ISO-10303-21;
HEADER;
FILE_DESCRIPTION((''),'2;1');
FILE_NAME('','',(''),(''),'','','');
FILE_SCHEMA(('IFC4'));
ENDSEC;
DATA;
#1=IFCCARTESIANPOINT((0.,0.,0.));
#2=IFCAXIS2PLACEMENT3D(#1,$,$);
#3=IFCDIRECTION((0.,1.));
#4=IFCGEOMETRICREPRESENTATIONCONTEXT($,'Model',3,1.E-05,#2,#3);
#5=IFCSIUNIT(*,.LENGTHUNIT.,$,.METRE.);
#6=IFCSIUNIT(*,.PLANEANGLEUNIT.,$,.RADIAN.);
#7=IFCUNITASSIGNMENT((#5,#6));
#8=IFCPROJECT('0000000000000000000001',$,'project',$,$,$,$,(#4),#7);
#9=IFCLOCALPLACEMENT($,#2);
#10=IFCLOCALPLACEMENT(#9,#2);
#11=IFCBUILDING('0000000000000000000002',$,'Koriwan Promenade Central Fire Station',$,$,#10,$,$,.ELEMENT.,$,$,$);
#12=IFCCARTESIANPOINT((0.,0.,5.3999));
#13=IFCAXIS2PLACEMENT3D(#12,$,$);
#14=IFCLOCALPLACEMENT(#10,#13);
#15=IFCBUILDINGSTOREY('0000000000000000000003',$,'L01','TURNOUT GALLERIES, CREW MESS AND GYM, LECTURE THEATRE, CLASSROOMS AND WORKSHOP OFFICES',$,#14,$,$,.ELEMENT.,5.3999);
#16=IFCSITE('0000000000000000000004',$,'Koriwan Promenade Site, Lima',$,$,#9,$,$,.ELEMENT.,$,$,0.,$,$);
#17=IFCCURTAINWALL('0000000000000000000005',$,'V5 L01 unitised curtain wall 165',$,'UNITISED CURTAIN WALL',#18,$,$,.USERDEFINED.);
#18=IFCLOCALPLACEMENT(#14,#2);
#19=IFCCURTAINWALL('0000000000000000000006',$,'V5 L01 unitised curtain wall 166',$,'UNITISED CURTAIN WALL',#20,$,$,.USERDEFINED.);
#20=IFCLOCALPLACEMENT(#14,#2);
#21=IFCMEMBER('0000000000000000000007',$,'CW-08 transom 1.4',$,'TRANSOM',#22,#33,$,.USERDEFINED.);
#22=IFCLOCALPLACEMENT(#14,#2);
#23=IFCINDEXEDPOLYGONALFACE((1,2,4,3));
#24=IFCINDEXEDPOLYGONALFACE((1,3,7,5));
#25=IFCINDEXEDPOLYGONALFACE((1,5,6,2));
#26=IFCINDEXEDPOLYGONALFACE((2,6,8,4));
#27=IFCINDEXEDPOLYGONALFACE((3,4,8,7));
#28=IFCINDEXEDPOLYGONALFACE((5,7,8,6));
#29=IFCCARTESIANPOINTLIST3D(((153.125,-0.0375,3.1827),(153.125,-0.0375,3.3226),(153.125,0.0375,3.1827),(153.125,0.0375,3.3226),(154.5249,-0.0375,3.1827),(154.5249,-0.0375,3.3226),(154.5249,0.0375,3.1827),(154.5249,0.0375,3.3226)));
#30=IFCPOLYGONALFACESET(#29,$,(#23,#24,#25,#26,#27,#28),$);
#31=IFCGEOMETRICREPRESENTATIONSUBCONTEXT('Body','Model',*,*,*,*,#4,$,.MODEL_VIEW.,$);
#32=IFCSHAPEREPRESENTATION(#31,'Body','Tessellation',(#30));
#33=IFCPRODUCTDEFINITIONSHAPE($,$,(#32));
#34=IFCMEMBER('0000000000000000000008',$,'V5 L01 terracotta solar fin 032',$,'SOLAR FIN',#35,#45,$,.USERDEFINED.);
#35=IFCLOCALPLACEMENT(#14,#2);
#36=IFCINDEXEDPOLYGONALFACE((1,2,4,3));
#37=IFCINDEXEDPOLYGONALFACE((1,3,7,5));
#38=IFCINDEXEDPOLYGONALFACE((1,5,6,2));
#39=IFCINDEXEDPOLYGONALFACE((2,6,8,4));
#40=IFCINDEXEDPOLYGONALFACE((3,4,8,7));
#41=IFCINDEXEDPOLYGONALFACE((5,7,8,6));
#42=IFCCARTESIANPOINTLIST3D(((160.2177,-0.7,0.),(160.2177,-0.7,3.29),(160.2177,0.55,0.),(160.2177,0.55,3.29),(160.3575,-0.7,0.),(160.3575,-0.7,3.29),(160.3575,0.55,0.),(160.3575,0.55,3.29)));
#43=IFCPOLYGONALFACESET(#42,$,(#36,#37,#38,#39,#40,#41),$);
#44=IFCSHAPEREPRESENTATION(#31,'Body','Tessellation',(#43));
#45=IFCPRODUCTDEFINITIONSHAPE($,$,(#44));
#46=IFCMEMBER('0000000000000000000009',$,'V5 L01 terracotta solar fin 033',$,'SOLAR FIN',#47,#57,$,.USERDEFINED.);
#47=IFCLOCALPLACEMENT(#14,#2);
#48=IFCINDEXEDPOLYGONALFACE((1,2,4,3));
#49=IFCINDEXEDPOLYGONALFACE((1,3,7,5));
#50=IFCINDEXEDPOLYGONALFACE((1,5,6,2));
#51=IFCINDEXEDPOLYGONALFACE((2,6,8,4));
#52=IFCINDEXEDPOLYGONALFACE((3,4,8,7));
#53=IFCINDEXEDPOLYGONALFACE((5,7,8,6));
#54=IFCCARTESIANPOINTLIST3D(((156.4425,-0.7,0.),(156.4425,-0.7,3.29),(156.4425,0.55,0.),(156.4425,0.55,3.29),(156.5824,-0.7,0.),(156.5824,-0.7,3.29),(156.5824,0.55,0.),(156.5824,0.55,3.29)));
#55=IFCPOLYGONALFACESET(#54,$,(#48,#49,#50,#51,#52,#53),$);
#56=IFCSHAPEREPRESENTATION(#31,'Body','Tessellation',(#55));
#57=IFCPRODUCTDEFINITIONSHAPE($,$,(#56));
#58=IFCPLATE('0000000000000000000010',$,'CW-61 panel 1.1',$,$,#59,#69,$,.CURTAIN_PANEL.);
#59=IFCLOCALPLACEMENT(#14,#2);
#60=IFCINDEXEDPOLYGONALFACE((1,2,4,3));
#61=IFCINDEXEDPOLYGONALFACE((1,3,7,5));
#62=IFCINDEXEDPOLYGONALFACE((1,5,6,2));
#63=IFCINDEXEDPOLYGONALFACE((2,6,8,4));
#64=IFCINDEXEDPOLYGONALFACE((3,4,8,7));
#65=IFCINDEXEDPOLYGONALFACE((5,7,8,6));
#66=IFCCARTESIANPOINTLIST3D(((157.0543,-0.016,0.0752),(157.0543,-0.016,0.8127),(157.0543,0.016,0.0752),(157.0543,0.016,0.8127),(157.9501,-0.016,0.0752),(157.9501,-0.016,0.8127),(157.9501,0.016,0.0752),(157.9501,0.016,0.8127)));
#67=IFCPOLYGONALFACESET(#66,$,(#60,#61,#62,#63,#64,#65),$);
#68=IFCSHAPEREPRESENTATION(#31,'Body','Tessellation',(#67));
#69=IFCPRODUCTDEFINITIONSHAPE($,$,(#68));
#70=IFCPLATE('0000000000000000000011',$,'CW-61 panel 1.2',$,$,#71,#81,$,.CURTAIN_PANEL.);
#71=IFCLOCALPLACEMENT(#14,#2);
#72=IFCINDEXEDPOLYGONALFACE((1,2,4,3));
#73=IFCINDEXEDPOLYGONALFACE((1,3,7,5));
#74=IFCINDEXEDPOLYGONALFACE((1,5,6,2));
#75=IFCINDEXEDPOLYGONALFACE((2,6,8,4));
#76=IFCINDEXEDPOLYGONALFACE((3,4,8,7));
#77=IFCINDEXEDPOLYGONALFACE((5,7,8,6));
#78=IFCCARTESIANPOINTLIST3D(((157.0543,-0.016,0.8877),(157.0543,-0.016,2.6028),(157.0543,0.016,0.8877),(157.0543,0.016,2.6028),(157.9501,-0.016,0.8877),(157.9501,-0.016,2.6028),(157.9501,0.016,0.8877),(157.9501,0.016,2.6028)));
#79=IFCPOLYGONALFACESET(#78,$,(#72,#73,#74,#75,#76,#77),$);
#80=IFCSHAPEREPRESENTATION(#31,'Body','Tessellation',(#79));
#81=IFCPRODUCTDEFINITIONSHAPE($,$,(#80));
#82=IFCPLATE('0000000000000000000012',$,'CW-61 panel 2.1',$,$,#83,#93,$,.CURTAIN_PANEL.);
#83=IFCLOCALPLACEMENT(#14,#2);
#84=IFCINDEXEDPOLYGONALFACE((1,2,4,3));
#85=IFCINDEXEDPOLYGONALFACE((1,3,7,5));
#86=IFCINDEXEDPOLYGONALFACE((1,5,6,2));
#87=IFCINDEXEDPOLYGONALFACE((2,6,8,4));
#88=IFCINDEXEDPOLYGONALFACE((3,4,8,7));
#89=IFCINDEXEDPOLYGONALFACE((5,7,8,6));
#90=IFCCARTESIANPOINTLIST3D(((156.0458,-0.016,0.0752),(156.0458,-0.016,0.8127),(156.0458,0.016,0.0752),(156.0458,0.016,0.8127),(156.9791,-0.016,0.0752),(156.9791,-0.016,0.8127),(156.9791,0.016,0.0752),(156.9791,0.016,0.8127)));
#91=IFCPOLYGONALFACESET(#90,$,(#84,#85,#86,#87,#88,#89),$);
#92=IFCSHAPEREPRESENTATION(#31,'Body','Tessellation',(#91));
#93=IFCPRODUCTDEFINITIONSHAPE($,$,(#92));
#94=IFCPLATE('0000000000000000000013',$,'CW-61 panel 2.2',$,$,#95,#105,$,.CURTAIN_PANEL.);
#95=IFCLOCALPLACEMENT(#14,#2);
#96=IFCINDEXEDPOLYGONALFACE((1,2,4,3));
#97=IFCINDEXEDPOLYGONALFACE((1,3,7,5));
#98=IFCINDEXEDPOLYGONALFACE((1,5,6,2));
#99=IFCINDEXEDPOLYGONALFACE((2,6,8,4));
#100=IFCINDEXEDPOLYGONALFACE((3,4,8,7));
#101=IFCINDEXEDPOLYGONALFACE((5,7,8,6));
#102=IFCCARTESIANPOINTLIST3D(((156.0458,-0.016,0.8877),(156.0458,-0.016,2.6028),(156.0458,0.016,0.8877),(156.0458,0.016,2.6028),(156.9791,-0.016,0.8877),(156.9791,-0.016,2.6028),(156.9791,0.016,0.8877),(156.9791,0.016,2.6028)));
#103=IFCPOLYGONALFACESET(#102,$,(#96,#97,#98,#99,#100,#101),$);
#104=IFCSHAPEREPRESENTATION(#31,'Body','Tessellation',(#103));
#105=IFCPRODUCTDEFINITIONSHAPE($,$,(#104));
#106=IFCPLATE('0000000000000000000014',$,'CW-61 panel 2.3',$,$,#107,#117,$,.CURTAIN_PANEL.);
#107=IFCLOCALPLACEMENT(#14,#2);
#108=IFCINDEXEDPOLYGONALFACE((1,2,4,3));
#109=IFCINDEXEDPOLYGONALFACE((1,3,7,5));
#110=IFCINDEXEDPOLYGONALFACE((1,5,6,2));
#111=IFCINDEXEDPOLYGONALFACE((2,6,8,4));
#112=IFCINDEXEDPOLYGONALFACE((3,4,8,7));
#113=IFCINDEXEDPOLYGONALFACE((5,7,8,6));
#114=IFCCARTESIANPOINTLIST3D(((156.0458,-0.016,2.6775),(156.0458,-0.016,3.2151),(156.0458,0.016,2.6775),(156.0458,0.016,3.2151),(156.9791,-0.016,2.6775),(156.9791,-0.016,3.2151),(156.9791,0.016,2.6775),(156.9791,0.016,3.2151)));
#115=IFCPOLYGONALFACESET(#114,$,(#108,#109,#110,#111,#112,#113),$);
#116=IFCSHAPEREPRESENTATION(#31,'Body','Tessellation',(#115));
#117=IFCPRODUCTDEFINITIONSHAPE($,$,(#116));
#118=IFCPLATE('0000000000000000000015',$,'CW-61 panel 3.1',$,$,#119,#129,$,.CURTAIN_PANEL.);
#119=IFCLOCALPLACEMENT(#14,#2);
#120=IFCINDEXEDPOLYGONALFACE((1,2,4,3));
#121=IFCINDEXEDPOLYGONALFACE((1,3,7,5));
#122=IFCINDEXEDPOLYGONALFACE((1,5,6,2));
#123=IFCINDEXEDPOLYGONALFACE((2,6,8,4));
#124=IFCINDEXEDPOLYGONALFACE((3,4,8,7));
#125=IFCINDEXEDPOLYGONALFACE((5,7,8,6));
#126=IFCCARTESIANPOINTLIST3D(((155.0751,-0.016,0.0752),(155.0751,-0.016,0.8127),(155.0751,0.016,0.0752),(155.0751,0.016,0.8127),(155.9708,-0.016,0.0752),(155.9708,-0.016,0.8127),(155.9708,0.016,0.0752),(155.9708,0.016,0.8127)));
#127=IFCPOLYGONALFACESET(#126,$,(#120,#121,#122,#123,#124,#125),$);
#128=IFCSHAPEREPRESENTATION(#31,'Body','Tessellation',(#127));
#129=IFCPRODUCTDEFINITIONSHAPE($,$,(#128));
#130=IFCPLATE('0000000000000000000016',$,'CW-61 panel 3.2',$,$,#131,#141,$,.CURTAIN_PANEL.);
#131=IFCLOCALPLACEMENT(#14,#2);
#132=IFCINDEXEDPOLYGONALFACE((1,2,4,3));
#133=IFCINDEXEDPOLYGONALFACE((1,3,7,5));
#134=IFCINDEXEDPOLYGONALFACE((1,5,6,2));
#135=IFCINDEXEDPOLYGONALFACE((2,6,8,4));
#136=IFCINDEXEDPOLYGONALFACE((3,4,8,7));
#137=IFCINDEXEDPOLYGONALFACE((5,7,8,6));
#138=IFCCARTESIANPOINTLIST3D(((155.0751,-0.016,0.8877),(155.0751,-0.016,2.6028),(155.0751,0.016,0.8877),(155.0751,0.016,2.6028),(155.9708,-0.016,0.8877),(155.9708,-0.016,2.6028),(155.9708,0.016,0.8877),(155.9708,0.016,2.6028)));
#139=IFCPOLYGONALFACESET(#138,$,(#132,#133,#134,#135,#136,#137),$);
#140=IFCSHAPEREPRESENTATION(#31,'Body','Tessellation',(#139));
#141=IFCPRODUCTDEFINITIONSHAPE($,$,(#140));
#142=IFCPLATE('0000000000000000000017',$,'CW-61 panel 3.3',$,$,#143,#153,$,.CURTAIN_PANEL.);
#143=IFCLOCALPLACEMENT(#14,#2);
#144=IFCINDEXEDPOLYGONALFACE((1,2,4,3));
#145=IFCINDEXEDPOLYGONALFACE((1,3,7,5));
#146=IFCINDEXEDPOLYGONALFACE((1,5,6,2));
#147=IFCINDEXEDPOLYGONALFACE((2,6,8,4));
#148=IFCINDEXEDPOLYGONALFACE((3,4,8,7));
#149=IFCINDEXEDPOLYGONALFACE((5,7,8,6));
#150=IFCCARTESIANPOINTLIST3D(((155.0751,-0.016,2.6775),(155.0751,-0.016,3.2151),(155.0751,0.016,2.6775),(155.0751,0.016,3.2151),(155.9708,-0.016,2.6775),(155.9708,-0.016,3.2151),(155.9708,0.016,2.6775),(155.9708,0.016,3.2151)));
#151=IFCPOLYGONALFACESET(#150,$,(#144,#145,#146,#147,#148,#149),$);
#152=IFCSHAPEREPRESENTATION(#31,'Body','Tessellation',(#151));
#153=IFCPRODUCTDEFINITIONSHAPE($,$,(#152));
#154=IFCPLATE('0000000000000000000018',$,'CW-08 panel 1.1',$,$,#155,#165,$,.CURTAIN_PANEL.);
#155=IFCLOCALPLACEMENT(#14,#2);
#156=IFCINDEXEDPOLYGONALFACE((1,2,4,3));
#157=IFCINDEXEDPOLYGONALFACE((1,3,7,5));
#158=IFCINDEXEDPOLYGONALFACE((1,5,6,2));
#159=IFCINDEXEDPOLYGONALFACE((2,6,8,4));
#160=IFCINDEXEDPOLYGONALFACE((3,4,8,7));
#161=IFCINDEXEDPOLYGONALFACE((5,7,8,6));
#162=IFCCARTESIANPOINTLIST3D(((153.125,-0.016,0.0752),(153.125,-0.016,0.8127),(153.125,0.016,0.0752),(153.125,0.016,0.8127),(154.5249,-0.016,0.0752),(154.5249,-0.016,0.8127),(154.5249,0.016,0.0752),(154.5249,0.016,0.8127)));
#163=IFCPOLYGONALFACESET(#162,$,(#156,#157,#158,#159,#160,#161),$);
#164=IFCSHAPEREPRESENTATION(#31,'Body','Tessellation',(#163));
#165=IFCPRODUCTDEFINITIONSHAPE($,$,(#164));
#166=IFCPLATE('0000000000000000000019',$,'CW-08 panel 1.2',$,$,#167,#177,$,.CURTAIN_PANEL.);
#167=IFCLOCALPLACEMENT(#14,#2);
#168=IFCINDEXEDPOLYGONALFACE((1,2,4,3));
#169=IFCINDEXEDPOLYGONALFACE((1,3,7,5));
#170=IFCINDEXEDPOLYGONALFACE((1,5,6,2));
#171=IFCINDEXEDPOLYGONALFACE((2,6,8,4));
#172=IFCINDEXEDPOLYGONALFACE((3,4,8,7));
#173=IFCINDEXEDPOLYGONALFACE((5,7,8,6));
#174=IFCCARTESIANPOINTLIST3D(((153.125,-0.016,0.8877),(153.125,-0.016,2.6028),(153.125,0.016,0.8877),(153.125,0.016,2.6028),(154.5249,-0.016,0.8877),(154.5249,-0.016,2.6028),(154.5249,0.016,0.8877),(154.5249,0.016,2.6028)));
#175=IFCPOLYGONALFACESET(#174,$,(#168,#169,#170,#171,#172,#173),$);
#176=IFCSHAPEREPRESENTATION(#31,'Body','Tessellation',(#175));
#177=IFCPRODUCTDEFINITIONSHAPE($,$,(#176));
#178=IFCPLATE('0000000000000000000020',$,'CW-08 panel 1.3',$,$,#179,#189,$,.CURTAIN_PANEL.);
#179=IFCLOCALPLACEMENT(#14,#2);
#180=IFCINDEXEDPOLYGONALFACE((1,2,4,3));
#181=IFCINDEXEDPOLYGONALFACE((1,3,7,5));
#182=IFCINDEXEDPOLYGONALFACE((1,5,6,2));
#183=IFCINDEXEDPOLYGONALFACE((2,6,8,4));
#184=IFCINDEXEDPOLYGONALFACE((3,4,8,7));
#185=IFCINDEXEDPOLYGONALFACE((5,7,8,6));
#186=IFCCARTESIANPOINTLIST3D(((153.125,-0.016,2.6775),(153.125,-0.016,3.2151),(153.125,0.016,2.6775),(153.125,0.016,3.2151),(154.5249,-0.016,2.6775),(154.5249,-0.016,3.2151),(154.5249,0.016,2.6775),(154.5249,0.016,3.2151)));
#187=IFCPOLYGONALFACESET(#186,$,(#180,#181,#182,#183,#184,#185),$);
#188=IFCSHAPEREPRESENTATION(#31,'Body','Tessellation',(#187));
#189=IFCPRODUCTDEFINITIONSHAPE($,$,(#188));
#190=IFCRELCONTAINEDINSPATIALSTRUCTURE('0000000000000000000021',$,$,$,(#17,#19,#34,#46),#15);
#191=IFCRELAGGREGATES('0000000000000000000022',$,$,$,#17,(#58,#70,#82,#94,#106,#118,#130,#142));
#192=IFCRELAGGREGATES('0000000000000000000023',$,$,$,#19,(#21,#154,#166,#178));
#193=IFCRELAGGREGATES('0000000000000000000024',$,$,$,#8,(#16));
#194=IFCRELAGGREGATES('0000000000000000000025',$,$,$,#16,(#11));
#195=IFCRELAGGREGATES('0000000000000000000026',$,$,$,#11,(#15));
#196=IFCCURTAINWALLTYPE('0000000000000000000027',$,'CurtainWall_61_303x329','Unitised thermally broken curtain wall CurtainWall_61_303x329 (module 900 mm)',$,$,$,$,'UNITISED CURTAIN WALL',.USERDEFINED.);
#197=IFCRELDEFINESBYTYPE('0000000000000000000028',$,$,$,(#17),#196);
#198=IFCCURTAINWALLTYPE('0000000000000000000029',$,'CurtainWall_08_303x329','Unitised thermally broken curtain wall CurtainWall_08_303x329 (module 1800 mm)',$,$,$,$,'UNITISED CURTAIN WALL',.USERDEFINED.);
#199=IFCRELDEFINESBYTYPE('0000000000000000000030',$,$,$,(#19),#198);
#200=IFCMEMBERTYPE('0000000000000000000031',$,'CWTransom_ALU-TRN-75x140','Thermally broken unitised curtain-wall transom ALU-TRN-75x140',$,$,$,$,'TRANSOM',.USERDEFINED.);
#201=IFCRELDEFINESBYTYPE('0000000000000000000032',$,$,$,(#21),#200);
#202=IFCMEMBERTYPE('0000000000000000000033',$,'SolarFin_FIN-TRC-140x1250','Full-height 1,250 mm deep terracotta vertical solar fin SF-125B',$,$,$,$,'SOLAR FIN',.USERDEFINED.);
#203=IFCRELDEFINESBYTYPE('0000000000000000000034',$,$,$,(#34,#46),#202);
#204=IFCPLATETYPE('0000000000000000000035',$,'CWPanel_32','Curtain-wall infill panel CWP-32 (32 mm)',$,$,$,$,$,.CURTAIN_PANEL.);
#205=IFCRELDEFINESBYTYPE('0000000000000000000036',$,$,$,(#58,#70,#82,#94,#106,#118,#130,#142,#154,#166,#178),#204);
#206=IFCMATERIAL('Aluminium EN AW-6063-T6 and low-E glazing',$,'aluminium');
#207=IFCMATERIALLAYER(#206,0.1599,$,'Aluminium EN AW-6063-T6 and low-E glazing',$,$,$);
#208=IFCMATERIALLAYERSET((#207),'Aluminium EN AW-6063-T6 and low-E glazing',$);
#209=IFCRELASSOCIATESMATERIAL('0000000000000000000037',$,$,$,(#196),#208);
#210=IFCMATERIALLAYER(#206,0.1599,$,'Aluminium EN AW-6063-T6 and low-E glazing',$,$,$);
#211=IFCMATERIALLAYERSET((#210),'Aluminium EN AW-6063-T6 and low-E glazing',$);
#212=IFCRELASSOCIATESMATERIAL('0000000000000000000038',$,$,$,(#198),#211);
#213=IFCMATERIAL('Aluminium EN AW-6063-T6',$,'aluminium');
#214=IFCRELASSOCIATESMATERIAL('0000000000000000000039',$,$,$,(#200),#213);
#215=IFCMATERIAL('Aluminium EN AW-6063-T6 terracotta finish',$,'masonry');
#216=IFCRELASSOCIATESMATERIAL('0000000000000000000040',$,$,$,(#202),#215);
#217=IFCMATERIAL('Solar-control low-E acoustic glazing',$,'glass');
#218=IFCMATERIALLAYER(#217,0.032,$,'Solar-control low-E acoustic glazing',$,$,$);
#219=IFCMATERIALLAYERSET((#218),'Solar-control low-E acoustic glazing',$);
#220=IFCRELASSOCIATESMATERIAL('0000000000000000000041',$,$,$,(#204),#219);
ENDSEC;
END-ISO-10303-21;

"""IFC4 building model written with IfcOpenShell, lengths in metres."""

from ifc_helpers import new_model, si_unit, direction, frame, origin, origin_2d, place, context, subcontext, project, spatial, rectangle, extrude, material, layer, layer_set, material_profile, profile_set, type_object, element, aggregate, save


model = new_model("IFC4")

# Units and contexts
model_context = context("Model", 3, precision=1e-05, world=origin(), true_north=direction((0.0, 1.0)))
body_context = subcontext(model_context, "Body", "Model", "MODEL_VIEW")
ifc_project = project(units=[si_unit("LENGTHUNIT", "METRE"), si_unit("PLANEANGLEUNIT", "RADIAN")], contexts=[model_context])

# Site, building, storey
site_placement = place(None, origin())
site = spatial("IfcSite", under=ifc_project, at=site_placement, Name="Koriwan Promenade Site, Lima", CompositionType="ELEMENT", RefElevation=0.0)
building_placement = place(site_placement, origin())
building = spatial("IfcBuilding", under=site, at=building_placement, Name="Koriwan Promenade Central Fire Station", CompositionType="ELEMENT")
storey_placement = place(building_placement, frame((0.0, 0.0, 5.3999)))
storey = spatial("IfcBuildingStorey", under=building, at=storey_placement, Name="L01", Description="TURNOUT GALLERIES, CREW MESS AND GYM, LECTURE THEATRE, CLASSROOMS AND WORKSHOP OFFICES", CompositionType="ELEMENT", Elevation=5.3999)

# Curtain wall
ifc_material_1 = material(Name="Aluminium EN AW-6063-T6 and low-E glazing", Category="aluminium")
ifc_layer_1 = layer(ifc_material_1, 0.1599, Name="Aluminium EN AW-6063-T6 and low-E glazing")
ifc_layer_set_1 = layer_set([ifc_layer_1], Name="Aluminium EN AW-6063-T6 and low-E glazing")
curtain_wall_type_1 = type_object("IfcCurtainWallType", Name="CurtainWall_61_303x329", Description="Unitised thermally broken curtain wall CurtainWall_61_303x329 (module 900 mm)", ElementType="UNITISED CURTAIN WALL", PredefinedType="USERDEFINED", material=ifc_layer_set_1)
curtain_wall_1_placement = place(storey_placement, origin())
curtain_wall_1 = element("IfcCurtainWall", 1, at=curtain_wall_1_placement, inside=storey, type_object=curtain_wall_type_1, Name="V5 L01 unitised curtain wall 165", ObjectType="UNITISED CURTAIN WALL", PredefinedType="USERDEFINED")
ifc_material_2 = material(Name="Aluminium EN AW-6063-T6", Category="aluminium")

# Curtain wall
ifc_layer_2 = layer(ifc_material_1, 0.1599, Name="Aluminium EN AW-6063-T6 and low-E glazing")
ifc_layer_set_2 = layer_set([ifc_layer_2], Name="Aluminium EN AW-6063-T6 and low-E glazing")
curtain_wall_type_2 = type_object("IfcCurtainWallType", Name="CurtainWall_08_303x329", Description="Unitised thermally broken curtain wall CurtainWall_08_303x329 (module 1800 mm)", ElementType="UNITISED CURTAIN WALL", PredefinedType="USERDEFINED", material=ifc_layer_set_2)
curtain_wall_2_placement = place(storey_placement, origin())
curtain_wall_2 = element("IfcCurtainWall", 2, at=curtain_wall_2_placement, inside=storey, type_object=curtain_wall_type_2, Name="V5 L01 unitised curtain wall 166", ObjectType="UNITISED CURTAIN WALL", PredefinedType="USERDEFINED")

# Member
ifc_material_profile_1 = material_profile(ifc_material_2, rectangle(XDim=0.075, YDim=0.1399, at=origin_2d()), Name="ALU-TRN-75x140")
ifc_profile_set_1 = profile_set([ifc_material_profile_1], Name="Aluminium EN AW-6063-T6")
member_type_1 = type_object("IfcMemberType", Name="CWTransom_ALU-TRN-75x140", Description="Thermally broken unitised curtain-wall transom ALU-TRN-75x140", ElementType="TRANSOM", PredefinedType="USERDEFINED", material=ifc_profile_set_1)
member_1_placement = place(storey_placement, frame((154.5249, 0.0, 3.2527), z_axis=(-1.0, 0.0, 0.0), x_axis=(0.0, -1.0, 0.0)))
member_1 = element("IfcMember", 3, at=member_1_placement, type_object=member_type_1, Name="CW-08 transom 1.4", ObjectType="TRANSOM", PredefinedType="USERDEFINED", context=body_context, shape_type="SweptSolid", body=[
    extrude(rectangle(XDim=0.075, YDim=0.1399, at=origin_2d()), origin(), (0.0, 0.0, 1.0), 1.3999),
])

# Members
ifc_material_3 = material(Name="Aluminium EN AW-6063-T6 terracotta finish", Category="masonry")
ifc_material_profile_2 = material_profile(ifc_material_3, rectangle(XDim=0.1399, YDim=1.25, at=origin_2d()), Name="FIN-TRC-140x1250")
ifc_profile_set_2 = profile_set([ifc_material_profile_2], Name="Aluminium EN AW-6063-T6 terracotta finish")
member_type_2 = type_object("IfcMemberType", Name="SolarFin_FIN-TRC-140x1250", Description="Full-height 1,250 mm deep terracotta vertical solar fin SF-125B", ElementType="SOLAR FIN", PredefinedType="USERDEFINED", material=ifc_profile_set_2)
for number, where, z_axis, x_axis, name in (
    (4, (160.2876, -0.075, 0.0), (0.0, 0.0, 1.0), (-1.0, 0.0, 0.0), "V5 L01 terracotta solar fin 032"),
    (5, (156.5125, -0.075, 0.0), (0.0, 0.0, 1.0), (-1.0, 0.0, 0.0), "V5 L01 terracotta solar fin 033"),
):
    element("IfcMember", number, at=place(storey_placement, frame(where, z_axis=z_axis, x_axis=x_axis)), inside=storey, type_object=member_type_2, Name=name, ObjectType="SOLAR FIN", PredefinedType="USERDEFINED", context=body_context, shape_type="SweptSolid", body=[
        extrude(rectangle(XDim=0.1399, YDim=1.25, at=origin_2d()), origin(), (0.0, 0.0, 1.0), 3.29),
    ])

# Plates
ifc_material_4 = material(Name="Solar-control low-E acoustic glazing", Category="glass")
ifc_layer_3 = layer(ifc_material_4, 0.032, Name="Solar-control low-E acoustic glazing")
ifc_layer_set_3 = layer_set([ifc_layer_3], Name="Solar-control low-E acoustic glazing")
plate_type = type_object("IfcPlateType", Name="CWPanel_32", Description="Curtain-wall infill panel CWP-32 (32 mm)", PredefinedType="CURTAIN_PANEL", material=ifc_layer_set_3)
plate_1_placement = place(storey_placement, frame((157.5022, 0.0, 0.0752), z_axis=(0.0, 0.0, 1.0), x_axis=(-1.0, 0.0, 0.0)))
plate_1 = element("IfcPlate", 6, at=plate_1_placement, type_object=plate_type, Name="CW-61 panel 1.1", PredefinedType="CURTAIN_PANEL", context=body_context, shape_type="SweptSolid", body=[
    extrude(rectangle(XDim=0.8958, YDim=0.032, at=origin_2d()), origin(), (0.0, 0.0, 1.0), 0.7375),
])
plate_2_placement = place(storey_placement, frame((157.5022, 0.0, 0.8877), z_axis=(0.0, 0.0, 1.0), x_axis=(-1.0, 0.0, 0.0)))
plate_2 = element("IfcPlate", 7, at=plate_2_placement, type_object=plate_type, Name="CW-61 panel 1.2", PredefinedType="CURTAIN_PANEL", context=body_context, shape_type="SweptSolid", body=[
    extrude(rectangle(XDim=0.8958, YDim=0.032, at=origin_2d()), origin(), (0.0, 0.0, 1.0), 1.7151),
])
plate_3_placement = place(storey_placement, frame((156.5125, 0.0, 0.0752), z_axis=(0.0, 0.0, 1.0), x_axis=(-1.0, 0.0, 0.0)))
plate_3 = element("IfcPlate", 8, at=plate_3_placement, type_object=plate_type, Name="CW-61 panel 2.1", PredefinedType="CURTAIN_PANEL", context=body_context, shape_type="SweptSolid", body=[
    extrude(rectangle(XDim=0.9333, YDim=0.032, at=origin_2d()), origin(), (0.0, 0.0, 1.0), 0.7375),
])
plate_4_placement = place(storey_placement, frame((156.5125, 0.0, 0.8877), z_axis=(0.0, 0.0, 1.0), x_axis=(-1.0, 0.0, 0.0)))
plate_4 = element("IfcPlate", 9, at=plate_4_placement, type_object=plate_type, Name="CW-61 panel 2.2", PredefinedType="CURTAIN_PANEL", context=body_context, shape_type="SweptSolid", body=[
    extrude(rectangle(XDim=0.9333, YDim=0.032, at=origin_2d()), origin(), (0.0, 0.0, 1.0), 1.7151),
])
plate_5_placement = place(storey_placement, frame((156.5125, 0.0, 2.6775), z_axis=(0.0, 0.0, 1.0), x_axis=(-1.0, 0.0, 0.0)))
plate_5 = element("IfcPlate", 10, at=plate_5_placement, type_object=plate_type, Name="CW-61 panel 2.3", PredefinedType="CURTAIN_PANEL", context=body_context, shape_type="SweptSolid", body=[
    extrude(rectangle(XDim=0.9333, YDim=0.032, at=origin_2d()), origin(), (0.0, 0.0, 1.0), 0.5376),
])
plate_6_placement = place(storey_placement, frame((155.5229, 0.0, 0.0752), z_axis=(0.0, 0.0, 1.0), x_axis=(-1.0, 0.0, 0.0)))
plate_6 = element("IfcPlate", 11, at=plate_6_placement, type_object=plate_type, Name="CW-61 panel 3.1", PredefinedType="CURTAIN_PANEL", context=body_context, shape_type="SweptSolid", body=[
    extrude(rectangle(XDim=0.8958, YDim=0.032, at=origin_2d()), origin(), (0.0, 0.0, 1.0), 0.7375),
])
plate_7_placement = place(storey_placement, frame((155.5229, 0.0, 0.8877), z_axis=(0.0, 0.0, 1.0), x_axis=(-1.0, 0.0, 0.0)))
plate_7 = element("IfcPlate", 12, at=plate_7_placement, type_object=plate_type, Name="CW-61 panel 3.2", PredefinedType="CURTAIN_PANEL", context=body_context, shape_type="SweptSolid", body=[
    extrude(rectangle(XDim=0.8958, YDim=0.032, at=origin_2d()), origin(), (0.0, 0.0, 1.0), 1.7151),
])
plate_8_placement = place(storey_placement, frame((155.5229, 0.0, 2.6775), z_axis=(0.0, 0.0, 1.0), x_axis=(-1.0, 0.0, 0.0)))
plate_8 = element("IfcPlate", 13, at=plate_8_placement, type_object=plate_type, Name="CW-61 panel 3.3", PredefinedType="CURTAIN_PANEL", context=body_context, shape_type="SweptSolid", body=[
    extrude(rectangle(XDim=0.8958, YDim=0.032, at=origin_2d()), origin(), (0.0, 0.0, 1.0), 0.5376),
])
aggregate(curtain_wall_1, [plate_1, plate_2, plate_3, plate_4, plate_5, plate_6, plate_7, plate_8])
plate_9_placement = place(storey_placement, frame((153.825, 0.0, 0.0752), z_axis=(0.0, 0.0, 1.0), x_axis=(-1.0, 0.0, 0.0)))
plate_9 = element("IfcPlate", 14, at=plate_9_placement, type_object=plate_type, Name="CW-08 panel 1.1", PredefinedType="CURTAIN_PANEL", context=body_context, shape_type="SweptSolid", body=[
    extrude(rectangle(XDim=1.3999, YDim=0.032, at=origin_2d()), origin(), (0.0, 0.0, 1.0), 0.7375),
])
plate_10_placement = place(storey_placement, frame((153.825, 0.0, 0.8877), z_axis=(0.0, 0.0, 1.0), x_axis=(-1.0, 0.0, 0.0)))
plate_10 = element("IfcPlate", 15, at=plate_10_placement, type_object=plate_type, Name="CW-08 panel 1.2", PredefinedType="CURTAIN_PANEL", context=body_context, shape_type="SweptSolid", body=[
    extrude(rectangle(XDim=1.3999, YDim=0.032, at=origin_2d()), origin(), (0.0, 0.0, 1.0), 1.7151),
])
plate_11_placement = place(storey_placement, frame((153.825, 0.0, 2.6775), z_axis=(0.0, 0.0, 1.0), x_axis=(-1.0, 0.0, 0.0)))
plate_11 = element("IfcPlate", 16, at=plate_11_placement, type_object=plate_type, Name="CW-08 panel 1.3", PredefinedType="CURTAIN_PANEL", context=body_context, shape_type="SweptSolid", body=[
    extrude(rectangle(XDim=1.3999, YDim=0.032, at=origin_2d()), origin(), (0.0, 0.0, 1.0), 0.5376),
])
aggregate(curtain_wall_2, [member_1, plate_9, plate_10, plate_11])

save(model, "model.ifc")
